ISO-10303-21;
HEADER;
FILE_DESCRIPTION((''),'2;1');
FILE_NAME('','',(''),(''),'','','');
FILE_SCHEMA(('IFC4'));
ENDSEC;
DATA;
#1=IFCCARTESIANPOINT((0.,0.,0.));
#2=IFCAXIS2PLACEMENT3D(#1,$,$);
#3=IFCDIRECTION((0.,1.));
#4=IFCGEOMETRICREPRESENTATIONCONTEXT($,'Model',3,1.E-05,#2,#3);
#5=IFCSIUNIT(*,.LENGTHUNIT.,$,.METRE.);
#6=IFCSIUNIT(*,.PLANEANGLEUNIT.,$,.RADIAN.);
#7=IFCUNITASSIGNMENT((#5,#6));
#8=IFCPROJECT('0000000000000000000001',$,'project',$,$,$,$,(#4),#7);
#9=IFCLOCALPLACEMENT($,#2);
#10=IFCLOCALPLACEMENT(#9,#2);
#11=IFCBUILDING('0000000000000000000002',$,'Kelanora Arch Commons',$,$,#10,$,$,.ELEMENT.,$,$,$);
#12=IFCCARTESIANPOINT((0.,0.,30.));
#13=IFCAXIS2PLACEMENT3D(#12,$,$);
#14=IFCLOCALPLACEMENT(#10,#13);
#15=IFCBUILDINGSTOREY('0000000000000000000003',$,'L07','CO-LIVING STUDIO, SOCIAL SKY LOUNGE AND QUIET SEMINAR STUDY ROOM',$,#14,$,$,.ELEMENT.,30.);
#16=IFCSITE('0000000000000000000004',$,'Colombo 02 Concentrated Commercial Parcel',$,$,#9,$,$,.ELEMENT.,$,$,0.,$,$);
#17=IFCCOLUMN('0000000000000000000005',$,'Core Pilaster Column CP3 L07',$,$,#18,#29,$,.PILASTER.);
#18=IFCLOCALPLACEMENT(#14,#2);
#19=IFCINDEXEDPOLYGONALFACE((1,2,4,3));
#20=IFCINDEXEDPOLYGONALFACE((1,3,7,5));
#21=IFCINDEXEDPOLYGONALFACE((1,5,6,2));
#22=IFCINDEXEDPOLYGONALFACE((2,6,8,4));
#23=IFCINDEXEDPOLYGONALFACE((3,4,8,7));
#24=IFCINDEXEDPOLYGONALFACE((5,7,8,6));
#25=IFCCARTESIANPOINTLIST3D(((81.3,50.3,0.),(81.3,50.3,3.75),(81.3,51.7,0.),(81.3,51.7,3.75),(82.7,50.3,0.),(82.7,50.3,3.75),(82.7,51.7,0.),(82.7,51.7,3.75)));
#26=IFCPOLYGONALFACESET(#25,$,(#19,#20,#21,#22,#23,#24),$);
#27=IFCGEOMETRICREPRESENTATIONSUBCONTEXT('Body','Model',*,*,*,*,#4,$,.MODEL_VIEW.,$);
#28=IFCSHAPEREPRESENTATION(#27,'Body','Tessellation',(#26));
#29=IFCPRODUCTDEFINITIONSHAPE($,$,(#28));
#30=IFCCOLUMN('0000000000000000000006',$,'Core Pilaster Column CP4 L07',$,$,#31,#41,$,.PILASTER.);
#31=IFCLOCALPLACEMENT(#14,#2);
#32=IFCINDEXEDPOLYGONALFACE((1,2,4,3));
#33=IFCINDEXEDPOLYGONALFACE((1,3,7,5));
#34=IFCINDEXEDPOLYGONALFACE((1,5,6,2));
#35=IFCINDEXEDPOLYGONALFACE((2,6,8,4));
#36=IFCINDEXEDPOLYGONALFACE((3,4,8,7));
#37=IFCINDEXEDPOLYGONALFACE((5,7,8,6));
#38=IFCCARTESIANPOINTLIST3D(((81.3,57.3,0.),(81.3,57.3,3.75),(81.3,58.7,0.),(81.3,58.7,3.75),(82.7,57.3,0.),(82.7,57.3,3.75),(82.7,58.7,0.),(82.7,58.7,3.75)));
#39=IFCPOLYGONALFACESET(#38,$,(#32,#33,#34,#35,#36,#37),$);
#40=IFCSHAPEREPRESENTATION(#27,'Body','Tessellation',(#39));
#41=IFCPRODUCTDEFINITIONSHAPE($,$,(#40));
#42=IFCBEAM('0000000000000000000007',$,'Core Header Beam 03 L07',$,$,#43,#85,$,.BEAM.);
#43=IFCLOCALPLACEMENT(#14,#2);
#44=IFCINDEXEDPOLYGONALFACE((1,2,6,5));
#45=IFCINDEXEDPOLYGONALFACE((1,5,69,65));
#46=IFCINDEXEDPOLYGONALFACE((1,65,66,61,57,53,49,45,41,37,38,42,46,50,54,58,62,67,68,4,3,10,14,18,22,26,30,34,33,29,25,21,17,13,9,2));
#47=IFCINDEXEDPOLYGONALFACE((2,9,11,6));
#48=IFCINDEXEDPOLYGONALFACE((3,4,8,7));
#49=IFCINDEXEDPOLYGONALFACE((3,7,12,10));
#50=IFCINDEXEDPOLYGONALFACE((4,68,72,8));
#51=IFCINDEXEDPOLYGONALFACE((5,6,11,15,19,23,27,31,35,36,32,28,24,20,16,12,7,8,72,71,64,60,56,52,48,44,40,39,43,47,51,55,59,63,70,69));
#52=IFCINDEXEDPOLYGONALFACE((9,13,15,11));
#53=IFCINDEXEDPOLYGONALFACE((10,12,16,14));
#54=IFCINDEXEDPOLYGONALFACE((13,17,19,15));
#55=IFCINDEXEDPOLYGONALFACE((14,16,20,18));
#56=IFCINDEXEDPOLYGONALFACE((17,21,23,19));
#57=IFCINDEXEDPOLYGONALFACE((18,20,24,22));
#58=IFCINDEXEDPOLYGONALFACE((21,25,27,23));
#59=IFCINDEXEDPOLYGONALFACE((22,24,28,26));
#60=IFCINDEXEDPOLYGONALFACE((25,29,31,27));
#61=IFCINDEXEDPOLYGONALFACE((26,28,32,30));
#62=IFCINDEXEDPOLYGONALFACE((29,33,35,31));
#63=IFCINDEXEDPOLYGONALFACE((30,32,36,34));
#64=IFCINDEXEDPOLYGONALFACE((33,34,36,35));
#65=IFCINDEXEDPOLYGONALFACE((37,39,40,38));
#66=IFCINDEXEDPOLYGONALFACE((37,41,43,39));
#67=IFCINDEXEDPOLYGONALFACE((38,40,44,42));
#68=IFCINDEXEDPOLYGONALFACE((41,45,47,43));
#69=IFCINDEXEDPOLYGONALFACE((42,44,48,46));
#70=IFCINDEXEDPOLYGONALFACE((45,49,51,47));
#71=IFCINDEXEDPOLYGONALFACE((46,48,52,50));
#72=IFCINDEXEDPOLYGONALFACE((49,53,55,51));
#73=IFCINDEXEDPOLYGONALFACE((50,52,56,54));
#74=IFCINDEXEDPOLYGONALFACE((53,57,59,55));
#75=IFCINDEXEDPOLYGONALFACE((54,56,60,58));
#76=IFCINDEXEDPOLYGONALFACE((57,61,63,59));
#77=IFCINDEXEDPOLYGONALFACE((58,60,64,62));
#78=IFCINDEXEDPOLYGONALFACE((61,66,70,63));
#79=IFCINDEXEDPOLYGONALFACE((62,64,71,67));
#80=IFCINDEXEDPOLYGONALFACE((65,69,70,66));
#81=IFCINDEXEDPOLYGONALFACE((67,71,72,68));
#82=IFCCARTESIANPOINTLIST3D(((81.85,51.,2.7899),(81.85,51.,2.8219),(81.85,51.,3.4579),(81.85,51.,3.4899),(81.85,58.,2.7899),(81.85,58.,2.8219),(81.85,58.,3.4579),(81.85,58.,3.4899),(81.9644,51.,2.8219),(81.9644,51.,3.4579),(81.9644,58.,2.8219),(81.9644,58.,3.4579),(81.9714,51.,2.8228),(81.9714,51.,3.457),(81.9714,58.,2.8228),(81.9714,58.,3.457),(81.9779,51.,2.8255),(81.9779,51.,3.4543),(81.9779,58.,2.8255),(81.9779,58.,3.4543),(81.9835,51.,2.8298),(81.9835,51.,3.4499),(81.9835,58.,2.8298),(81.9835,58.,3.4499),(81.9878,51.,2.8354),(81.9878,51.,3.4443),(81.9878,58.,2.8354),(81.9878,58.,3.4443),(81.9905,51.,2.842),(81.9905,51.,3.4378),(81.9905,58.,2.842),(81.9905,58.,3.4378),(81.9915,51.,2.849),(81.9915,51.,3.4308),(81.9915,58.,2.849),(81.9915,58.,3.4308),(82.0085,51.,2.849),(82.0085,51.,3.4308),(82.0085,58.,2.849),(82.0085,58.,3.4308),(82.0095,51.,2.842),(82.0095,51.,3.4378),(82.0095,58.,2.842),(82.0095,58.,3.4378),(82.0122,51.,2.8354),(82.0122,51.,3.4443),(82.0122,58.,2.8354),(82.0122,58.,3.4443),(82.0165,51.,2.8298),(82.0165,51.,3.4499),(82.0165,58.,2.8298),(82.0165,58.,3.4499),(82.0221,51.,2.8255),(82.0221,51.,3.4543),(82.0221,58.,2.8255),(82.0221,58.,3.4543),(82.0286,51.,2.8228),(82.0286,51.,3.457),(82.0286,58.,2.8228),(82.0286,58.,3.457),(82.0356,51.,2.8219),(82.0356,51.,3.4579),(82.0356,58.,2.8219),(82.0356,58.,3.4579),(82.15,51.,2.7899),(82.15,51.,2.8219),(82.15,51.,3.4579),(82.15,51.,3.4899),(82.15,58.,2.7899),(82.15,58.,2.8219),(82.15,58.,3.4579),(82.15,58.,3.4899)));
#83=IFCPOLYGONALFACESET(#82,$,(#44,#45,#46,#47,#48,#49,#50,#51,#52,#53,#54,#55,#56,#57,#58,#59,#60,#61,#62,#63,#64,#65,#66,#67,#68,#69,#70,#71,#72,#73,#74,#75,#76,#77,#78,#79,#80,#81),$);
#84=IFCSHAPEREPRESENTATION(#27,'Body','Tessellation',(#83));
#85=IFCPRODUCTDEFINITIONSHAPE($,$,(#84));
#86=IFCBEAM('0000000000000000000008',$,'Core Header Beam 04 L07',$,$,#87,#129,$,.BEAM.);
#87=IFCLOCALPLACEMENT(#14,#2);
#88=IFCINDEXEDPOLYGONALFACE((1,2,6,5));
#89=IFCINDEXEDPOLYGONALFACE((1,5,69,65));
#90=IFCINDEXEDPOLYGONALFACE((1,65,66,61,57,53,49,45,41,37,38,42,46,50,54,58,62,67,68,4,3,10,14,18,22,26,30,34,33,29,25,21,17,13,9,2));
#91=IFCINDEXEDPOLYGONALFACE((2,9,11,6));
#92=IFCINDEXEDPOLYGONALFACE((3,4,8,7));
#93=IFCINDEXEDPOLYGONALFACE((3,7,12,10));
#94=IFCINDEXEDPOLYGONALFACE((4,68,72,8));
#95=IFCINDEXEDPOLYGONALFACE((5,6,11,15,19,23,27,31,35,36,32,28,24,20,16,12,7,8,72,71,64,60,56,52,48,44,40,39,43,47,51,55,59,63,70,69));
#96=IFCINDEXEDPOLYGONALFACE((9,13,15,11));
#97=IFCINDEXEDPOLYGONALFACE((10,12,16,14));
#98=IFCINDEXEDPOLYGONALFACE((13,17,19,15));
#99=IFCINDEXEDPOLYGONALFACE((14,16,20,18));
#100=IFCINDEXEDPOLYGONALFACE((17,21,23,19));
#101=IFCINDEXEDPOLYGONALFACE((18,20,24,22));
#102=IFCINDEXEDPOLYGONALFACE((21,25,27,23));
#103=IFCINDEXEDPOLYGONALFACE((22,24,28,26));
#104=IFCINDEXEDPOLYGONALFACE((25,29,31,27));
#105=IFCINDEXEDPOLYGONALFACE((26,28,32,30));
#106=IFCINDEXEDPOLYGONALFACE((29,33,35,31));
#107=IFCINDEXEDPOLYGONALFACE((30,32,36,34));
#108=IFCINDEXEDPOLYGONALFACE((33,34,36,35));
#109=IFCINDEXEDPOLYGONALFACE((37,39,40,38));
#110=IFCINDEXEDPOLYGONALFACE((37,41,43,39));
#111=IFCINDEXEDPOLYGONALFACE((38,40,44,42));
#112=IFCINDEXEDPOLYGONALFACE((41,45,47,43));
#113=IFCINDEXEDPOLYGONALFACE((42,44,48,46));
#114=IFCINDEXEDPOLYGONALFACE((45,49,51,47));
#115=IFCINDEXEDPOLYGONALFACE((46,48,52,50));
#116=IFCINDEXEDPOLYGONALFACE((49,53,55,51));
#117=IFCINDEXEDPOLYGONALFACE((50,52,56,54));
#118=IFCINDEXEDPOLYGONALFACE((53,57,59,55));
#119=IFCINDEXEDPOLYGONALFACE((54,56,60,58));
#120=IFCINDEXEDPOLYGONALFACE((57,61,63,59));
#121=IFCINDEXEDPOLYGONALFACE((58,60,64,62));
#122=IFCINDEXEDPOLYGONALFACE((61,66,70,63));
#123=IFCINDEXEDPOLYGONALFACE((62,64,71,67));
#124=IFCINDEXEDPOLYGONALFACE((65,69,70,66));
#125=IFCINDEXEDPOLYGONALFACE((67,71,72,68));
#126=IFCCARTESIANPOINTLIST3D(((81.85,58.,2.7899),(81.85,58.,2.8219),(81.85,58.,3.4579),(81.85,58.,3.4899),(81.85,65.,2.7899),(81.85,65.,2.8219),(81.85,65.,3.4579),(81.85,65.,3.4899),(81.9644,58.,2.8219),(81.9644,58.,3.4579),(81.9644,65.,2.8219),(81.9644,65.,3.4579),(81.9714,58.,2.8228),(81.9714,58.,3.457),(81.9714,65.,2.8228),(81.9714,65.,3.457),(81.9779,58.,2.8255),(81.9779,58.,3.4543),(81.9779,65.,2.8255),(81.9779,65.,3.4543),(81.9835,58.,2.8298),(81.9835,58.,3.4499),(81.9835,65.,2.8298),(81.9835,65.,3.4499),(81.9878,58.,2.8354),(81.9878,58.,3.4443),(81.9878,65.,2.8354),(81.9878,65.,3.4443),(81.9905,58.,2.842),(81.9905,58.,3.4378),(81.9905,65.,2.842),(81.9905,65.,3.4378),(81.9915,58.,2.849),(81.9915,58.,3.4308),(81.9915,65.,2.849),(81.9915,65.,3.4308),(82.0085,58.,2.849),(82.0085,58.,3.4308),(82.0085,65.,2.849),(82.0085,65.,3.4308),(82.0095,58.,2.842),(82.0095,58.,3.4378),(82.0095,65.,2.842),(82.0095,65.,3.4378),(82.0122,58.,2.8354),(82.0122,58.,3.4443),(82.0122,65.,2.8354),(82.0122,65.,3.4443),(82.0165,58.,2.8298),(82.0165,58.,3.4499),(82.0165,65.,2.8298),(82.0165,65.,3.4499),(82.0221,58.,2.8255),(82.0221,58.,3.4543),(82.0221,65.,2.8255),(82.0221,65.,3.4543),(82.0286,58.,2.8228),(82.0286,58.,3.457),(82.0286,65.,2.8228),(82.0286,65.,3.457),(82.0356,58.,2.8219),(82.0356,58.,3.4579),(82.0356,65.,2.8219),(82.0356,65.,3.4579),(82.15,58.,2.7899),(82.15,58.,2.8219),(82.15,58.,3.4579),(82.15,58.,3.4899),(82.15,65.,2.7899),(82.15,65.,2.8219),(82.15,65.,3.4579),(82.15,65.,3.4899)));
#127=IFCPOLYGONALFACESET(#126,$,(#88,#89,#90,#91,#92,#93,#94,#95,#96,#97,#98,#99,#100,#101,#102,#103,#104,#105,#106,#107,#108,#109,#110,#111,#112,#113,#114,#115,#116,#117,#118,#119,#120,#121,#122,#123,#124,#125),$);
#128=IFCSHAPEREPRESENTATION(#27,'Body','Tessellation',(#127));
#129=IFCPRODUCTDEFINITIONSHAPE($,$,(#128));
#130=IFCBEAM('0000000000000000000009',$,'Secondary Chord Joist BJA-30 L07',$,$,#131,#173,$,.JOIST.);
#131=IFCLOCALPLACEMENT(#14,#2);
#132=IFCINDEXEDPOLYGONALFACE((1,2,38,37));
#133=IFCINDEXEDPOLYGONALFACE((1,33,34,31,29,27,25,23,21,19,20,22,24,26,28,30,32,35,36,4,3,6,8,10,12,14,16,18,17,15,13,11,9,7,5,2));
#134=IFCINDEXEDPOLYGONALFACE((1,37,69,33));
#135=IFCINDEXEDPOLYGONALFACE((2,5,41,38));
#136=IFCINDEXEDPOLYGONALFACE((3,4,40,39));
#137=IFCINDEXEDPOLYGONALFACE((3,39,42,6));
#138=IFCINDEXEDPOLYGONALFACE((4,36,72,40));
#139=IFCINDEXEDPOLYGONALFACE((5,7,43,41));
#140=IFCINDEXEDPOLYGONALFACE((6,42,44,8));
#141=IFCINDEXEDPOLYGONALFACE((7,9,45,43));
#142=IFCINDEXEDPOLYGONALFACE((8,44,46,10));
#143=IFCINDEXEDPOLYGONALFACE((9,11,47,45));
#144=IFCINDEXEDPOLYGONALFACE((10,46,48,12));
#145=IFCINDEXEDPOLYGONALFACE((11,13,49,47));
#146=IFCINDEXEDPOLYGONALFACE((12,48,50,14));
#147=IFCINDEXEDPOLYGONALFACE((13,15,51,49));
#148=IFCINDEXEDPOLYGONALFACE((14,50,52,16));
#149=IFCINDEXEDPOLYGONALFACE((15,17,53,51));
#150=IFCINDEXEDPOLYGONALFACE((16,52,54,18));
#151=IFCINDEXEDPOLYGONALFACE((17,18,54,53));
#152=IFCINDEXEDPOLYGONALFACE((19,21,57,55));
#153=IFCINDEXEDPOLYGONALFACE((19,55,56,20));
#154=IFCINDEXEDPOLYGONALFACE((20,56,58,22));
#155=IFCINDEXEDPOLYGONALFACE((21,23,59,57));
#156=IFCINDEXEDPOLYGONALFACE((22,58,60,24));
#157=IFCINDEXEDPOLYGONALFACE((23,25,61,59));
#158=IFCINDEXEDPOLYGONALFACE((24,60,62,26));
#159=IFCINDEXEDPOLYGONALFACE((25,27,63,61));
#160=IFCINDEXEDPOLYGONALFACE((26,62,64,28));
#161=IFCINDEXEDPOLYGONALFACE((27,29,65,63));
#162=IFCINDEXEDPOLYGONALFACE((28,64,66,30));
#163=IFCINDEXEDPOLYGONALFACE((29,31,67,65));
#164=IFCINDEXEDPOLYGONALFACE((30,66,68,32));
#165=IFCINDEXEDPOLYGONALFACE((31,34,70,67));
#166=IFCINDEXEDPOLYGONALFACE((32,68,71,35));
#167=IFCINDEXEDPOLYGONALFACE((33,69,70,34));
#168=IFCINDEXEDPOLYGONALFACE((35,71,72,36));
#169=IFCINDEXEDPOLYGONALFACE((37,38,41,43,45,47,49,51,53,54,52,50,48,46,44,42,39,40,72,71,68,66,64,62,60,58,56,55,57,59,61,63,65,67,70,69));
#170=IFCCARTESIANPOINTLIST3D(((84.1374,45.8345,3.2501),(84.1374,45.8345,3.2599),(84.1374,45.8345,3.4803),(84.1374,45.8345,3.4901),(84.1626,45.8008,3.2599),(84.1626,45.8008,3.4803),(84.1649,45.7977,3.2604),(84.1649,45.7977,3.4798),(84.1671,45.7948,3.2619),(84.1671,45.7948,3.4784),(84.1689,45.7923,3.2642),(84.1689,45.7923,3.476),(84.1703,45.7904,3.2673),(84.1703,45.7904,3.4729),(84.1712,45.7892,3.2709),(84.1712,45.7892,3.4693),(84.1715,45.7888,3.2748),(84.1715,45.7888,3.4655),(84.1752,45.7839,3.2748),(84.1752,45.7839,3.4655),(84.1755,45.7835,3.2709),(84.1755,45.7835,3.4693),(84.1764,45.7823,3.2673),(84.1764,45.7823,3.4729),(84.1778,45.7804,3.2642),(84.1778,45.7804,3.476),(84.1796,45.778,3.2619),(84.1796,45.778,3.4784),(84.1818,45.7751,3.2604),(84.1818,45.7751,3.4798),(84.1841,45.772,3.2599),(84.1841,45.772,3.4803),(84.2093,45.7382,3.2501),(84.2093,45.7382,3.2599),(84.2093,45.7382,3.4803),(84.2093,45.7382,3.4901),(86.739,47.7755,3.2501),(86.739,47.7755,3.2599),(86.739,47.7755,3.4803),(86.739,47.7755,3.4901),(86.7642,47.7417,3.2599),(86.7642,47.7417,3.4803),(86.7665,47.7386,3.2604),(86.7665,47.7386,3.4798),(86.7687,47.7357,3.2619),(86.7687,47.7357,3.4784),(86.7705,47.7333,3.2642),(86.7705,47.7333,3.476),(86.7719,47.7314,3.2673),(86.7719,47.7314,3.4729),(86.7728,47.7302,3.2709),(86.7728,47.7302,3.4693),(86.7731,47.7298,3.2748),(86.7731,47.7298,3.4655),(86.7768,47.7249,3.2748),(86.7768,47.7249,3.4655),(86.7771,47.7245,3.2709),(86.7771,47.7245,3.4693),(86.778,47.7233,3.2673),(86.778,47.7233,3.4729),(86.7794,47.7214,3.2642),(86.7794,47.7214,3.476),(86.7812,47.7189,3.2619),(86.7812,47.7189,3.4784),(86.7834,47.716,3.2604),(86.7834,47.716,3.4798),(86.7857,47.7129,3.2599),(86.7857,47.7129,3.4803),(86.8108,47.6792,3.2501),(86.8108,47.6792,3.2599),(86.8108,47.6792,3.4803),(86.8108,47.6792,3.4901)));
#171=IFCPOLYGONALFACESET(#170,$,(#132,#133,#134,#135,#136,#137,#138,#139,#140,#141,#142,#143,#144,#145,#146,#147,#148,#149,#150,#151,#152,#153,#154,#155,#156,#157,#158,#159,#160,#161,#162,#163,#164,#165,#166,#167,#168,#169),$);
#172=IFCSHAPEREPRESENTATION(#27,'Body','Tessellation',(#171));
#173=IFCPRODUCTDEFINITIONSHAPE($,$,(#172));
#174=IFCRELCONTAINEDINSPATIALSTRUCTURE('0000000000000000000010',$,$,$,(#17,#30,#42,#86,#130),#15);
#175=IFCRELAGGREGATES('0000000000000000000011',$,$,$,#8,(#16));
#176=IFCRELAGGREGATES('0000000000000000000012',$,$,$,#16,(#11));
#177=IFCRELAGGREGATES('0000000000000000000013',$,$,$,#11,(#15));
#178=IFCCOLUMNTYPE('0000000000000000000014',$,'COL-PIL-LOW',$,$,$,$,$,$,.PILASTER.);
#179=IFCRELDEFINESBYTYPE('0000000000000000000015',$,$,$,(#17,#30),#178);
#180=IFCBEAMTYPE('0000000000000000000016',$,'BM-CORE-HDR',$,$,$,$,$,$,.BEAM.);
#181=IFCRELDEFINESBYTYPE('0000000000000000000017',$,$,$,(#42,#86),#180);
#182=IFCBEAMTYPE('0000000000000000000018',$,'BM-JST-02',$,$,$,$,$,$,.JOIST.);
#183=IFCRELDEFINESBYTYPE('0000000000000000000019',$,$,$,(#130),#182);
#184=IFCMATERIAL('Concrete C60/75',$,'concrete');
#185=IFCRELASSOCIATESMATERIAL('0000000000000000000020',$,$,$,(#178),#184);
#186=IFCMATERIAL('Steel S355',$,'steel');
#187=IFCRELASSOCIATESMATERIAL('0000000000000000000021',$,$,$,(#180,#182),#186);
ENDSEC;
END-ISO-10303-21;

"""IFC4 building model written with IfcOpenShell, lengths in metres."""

from ifc_helpers import new_model, si_unit, direction, frame, origin, origin_2d, place, context, subcontext, project, spatial, rectangle, i_section, extrude, material, material_profile, profile_set, type_object, element, save


model = new_model("IFC4")

# Units and contexts
model_context = context("Model", 3, precision=1e-05, world=origin(), true_north=direction((0.0, 1.0)))
body_context = subcontext(model_context, "Body", "Model", "MODEL_VIEW")
ifc_project = project(units=[si_unit("LENGTHUNIT", "METRE"), si_unit("PLANEANGLEUNIT", "RADIAN")], contexts=[model_context])

# Site, building, storey
site_placement = place(None, origin())
site = spatial("IfcSite", under=ifc_project, at=site_placement, Name="Colombo 02 Concentrated Commercial Parcel", CompositionType="ELEMENT", RefElevation=0.0)
building_placement = place(site_placement, origin())
building = spatial("IfcBuilding", under=site, at=building_placement, Name="Kelanora Arch Commons", CompositionType="ELEMENT")
storey_placement = place(building_placement, frame((0.0, 0.0, 30.0)))
storey = spatial("IfcBuildingStorey", under=building, at=storey_placement, Name="L07", Description="CO-LIVING STUDIO, SOCIAL SKY LOUNGE AND QUIET SEMINAR STUDY ROOM", CompositionType="ELEMENT", Elevation=30.0)

# Columns
ifc_material_1 = material(Name="Concrete C60/75", Category="concrete")
ifc_material_profile_1 = material_profile(ifc_material_1, rectangle(XDim=1.3999, YDim=1.3999, at=origin_2d()), Name="RC1400x1400")
ifc_profile_set_1 = profile_set([ifc_material_profile_1], Name="Concrete C60/75")
column_type = type_object("IfcColumnType", Name="COL-PIL-LOW", PredefinedType="PILASTER", material=ifc_profile_set_1)
for number, where, z_axis, x_axis, name in (
    (1, (82.0, 51.0, 0.0), (0.0, 0.0, 1.0), (1.0, 0.0, 0.0), "Core Pilaster Column CP3 L07"),
    (2, (82.0, 58.0, 0.0), (0.0, 0.0, 1.0), (1.0, 0.0, 0.0), "Core Pilaster Column CP4 L07"),
):
    element("IfcColumn", number, at=place(storey_placement, frame(where, z_axis=z_axis, x_axis=x_axis)), inside=storey, type_object=column_type, Name=name, PredefinedType="PILASTER", context=body_context, shape_type="SweptSolid", body=[
        extrude(rectangle(XDim=1.3999, YDim=1.3999, at=origin_2d()), origin(), (0.0, 0.0, 1.0), 3.75),
    ])

# Beams
ifc_material_2 = material(Name="Steel S355", Category="steel")
ifc_material_profile_2 = material_profile(ifc_material_2, i_section(OverallWidth=0.3, OverallDepth=0.7, WebThickness=0.0171, FlangeThickness=0.032, FilletRadius=0.0271, at=origin_2d()), Name="HEB700")
ifc_profile_set_2 = profile_set([ifc_material_profile_2], Name="Steel S355")
beam_type_1 = type_object("IfcBeamType", Name="BM-CORE-HDR", PredefinedType="BEAM", material=ifc_profile_set_2)
for number, where, z_axis, x_axis, name in (
    (3, (82.0, 51.0, 3.1399), (0.0, 1.0, 0.0), (-1.0, 0.0, 0.0), "Core Header Beam 03 L07"),
    (4, (82.0, 58.0, 3.1399), (0.0, 1.0, 0.0), (-1.0, 0.0, 0.0), "Core Header Beam 04 L07"),
):
    element("IfcBeam", number, at=place(storey_placement, frame(where, z_axis=z_axis, x_axis=x_axis)), inside=storey, type_object=beam_type_1, Name=name, PredefinedType="BEAM", context=body_context, shape_type="SweptSolid", body=[
        extrude(i_section(OverallWidth=0.3, OverallDepth=0.7, WebThickness=0.0171, FlangeThickness=0.032, FilletRadius=0.0271, at=origin_2d()), origin(), (0.0, 0.0, 1.0), 7.0),
    ])
ifc_material_profile_3 = material_profile(ifc_material_2, i_section(OverallWidth=0.1201, OverallDepth=0.24, WebThickness=0.0061, FlangeThickness=0.0098, FilletRadius=0.0149, at=origin_2d()), Name="IPE240")
ifc_profile_set_3 = profile_set([ifc_material_profile_3], Name="Steel S355")
beam_type_2 = type_object("IfcBeamType", Name="BM-JST-02", PredefinedType="JOIST", material=ifc_profile_set_3)
beam_1_placement = place(storey_placement, frame((84.1733, 45.7864, 3.3701), z_axis=(0.801514, 0.597976, 0.0), x_axis=(-0.597976, 0.801514, 0.0)))
element("IfcBeam", 5, at=beam_1_placement, inside=storey, type_object=beam_type_2, Name="Secondary Chord Joist BJA-30 L07", PredefinedType="JOIST", context=body_context, shape_type="SweptSolid", body=[
    extrude(i_section(OverallWidth=0.1201, OverallDepth=0.24, WebThickness=0.0061, FlangeThickness=0.0098, FilletRadius=0.0149, at=origin_2d()), origin(), (0.0, 0.0, 1.0), 3.2458),
])

save(model, "model.ifc")
